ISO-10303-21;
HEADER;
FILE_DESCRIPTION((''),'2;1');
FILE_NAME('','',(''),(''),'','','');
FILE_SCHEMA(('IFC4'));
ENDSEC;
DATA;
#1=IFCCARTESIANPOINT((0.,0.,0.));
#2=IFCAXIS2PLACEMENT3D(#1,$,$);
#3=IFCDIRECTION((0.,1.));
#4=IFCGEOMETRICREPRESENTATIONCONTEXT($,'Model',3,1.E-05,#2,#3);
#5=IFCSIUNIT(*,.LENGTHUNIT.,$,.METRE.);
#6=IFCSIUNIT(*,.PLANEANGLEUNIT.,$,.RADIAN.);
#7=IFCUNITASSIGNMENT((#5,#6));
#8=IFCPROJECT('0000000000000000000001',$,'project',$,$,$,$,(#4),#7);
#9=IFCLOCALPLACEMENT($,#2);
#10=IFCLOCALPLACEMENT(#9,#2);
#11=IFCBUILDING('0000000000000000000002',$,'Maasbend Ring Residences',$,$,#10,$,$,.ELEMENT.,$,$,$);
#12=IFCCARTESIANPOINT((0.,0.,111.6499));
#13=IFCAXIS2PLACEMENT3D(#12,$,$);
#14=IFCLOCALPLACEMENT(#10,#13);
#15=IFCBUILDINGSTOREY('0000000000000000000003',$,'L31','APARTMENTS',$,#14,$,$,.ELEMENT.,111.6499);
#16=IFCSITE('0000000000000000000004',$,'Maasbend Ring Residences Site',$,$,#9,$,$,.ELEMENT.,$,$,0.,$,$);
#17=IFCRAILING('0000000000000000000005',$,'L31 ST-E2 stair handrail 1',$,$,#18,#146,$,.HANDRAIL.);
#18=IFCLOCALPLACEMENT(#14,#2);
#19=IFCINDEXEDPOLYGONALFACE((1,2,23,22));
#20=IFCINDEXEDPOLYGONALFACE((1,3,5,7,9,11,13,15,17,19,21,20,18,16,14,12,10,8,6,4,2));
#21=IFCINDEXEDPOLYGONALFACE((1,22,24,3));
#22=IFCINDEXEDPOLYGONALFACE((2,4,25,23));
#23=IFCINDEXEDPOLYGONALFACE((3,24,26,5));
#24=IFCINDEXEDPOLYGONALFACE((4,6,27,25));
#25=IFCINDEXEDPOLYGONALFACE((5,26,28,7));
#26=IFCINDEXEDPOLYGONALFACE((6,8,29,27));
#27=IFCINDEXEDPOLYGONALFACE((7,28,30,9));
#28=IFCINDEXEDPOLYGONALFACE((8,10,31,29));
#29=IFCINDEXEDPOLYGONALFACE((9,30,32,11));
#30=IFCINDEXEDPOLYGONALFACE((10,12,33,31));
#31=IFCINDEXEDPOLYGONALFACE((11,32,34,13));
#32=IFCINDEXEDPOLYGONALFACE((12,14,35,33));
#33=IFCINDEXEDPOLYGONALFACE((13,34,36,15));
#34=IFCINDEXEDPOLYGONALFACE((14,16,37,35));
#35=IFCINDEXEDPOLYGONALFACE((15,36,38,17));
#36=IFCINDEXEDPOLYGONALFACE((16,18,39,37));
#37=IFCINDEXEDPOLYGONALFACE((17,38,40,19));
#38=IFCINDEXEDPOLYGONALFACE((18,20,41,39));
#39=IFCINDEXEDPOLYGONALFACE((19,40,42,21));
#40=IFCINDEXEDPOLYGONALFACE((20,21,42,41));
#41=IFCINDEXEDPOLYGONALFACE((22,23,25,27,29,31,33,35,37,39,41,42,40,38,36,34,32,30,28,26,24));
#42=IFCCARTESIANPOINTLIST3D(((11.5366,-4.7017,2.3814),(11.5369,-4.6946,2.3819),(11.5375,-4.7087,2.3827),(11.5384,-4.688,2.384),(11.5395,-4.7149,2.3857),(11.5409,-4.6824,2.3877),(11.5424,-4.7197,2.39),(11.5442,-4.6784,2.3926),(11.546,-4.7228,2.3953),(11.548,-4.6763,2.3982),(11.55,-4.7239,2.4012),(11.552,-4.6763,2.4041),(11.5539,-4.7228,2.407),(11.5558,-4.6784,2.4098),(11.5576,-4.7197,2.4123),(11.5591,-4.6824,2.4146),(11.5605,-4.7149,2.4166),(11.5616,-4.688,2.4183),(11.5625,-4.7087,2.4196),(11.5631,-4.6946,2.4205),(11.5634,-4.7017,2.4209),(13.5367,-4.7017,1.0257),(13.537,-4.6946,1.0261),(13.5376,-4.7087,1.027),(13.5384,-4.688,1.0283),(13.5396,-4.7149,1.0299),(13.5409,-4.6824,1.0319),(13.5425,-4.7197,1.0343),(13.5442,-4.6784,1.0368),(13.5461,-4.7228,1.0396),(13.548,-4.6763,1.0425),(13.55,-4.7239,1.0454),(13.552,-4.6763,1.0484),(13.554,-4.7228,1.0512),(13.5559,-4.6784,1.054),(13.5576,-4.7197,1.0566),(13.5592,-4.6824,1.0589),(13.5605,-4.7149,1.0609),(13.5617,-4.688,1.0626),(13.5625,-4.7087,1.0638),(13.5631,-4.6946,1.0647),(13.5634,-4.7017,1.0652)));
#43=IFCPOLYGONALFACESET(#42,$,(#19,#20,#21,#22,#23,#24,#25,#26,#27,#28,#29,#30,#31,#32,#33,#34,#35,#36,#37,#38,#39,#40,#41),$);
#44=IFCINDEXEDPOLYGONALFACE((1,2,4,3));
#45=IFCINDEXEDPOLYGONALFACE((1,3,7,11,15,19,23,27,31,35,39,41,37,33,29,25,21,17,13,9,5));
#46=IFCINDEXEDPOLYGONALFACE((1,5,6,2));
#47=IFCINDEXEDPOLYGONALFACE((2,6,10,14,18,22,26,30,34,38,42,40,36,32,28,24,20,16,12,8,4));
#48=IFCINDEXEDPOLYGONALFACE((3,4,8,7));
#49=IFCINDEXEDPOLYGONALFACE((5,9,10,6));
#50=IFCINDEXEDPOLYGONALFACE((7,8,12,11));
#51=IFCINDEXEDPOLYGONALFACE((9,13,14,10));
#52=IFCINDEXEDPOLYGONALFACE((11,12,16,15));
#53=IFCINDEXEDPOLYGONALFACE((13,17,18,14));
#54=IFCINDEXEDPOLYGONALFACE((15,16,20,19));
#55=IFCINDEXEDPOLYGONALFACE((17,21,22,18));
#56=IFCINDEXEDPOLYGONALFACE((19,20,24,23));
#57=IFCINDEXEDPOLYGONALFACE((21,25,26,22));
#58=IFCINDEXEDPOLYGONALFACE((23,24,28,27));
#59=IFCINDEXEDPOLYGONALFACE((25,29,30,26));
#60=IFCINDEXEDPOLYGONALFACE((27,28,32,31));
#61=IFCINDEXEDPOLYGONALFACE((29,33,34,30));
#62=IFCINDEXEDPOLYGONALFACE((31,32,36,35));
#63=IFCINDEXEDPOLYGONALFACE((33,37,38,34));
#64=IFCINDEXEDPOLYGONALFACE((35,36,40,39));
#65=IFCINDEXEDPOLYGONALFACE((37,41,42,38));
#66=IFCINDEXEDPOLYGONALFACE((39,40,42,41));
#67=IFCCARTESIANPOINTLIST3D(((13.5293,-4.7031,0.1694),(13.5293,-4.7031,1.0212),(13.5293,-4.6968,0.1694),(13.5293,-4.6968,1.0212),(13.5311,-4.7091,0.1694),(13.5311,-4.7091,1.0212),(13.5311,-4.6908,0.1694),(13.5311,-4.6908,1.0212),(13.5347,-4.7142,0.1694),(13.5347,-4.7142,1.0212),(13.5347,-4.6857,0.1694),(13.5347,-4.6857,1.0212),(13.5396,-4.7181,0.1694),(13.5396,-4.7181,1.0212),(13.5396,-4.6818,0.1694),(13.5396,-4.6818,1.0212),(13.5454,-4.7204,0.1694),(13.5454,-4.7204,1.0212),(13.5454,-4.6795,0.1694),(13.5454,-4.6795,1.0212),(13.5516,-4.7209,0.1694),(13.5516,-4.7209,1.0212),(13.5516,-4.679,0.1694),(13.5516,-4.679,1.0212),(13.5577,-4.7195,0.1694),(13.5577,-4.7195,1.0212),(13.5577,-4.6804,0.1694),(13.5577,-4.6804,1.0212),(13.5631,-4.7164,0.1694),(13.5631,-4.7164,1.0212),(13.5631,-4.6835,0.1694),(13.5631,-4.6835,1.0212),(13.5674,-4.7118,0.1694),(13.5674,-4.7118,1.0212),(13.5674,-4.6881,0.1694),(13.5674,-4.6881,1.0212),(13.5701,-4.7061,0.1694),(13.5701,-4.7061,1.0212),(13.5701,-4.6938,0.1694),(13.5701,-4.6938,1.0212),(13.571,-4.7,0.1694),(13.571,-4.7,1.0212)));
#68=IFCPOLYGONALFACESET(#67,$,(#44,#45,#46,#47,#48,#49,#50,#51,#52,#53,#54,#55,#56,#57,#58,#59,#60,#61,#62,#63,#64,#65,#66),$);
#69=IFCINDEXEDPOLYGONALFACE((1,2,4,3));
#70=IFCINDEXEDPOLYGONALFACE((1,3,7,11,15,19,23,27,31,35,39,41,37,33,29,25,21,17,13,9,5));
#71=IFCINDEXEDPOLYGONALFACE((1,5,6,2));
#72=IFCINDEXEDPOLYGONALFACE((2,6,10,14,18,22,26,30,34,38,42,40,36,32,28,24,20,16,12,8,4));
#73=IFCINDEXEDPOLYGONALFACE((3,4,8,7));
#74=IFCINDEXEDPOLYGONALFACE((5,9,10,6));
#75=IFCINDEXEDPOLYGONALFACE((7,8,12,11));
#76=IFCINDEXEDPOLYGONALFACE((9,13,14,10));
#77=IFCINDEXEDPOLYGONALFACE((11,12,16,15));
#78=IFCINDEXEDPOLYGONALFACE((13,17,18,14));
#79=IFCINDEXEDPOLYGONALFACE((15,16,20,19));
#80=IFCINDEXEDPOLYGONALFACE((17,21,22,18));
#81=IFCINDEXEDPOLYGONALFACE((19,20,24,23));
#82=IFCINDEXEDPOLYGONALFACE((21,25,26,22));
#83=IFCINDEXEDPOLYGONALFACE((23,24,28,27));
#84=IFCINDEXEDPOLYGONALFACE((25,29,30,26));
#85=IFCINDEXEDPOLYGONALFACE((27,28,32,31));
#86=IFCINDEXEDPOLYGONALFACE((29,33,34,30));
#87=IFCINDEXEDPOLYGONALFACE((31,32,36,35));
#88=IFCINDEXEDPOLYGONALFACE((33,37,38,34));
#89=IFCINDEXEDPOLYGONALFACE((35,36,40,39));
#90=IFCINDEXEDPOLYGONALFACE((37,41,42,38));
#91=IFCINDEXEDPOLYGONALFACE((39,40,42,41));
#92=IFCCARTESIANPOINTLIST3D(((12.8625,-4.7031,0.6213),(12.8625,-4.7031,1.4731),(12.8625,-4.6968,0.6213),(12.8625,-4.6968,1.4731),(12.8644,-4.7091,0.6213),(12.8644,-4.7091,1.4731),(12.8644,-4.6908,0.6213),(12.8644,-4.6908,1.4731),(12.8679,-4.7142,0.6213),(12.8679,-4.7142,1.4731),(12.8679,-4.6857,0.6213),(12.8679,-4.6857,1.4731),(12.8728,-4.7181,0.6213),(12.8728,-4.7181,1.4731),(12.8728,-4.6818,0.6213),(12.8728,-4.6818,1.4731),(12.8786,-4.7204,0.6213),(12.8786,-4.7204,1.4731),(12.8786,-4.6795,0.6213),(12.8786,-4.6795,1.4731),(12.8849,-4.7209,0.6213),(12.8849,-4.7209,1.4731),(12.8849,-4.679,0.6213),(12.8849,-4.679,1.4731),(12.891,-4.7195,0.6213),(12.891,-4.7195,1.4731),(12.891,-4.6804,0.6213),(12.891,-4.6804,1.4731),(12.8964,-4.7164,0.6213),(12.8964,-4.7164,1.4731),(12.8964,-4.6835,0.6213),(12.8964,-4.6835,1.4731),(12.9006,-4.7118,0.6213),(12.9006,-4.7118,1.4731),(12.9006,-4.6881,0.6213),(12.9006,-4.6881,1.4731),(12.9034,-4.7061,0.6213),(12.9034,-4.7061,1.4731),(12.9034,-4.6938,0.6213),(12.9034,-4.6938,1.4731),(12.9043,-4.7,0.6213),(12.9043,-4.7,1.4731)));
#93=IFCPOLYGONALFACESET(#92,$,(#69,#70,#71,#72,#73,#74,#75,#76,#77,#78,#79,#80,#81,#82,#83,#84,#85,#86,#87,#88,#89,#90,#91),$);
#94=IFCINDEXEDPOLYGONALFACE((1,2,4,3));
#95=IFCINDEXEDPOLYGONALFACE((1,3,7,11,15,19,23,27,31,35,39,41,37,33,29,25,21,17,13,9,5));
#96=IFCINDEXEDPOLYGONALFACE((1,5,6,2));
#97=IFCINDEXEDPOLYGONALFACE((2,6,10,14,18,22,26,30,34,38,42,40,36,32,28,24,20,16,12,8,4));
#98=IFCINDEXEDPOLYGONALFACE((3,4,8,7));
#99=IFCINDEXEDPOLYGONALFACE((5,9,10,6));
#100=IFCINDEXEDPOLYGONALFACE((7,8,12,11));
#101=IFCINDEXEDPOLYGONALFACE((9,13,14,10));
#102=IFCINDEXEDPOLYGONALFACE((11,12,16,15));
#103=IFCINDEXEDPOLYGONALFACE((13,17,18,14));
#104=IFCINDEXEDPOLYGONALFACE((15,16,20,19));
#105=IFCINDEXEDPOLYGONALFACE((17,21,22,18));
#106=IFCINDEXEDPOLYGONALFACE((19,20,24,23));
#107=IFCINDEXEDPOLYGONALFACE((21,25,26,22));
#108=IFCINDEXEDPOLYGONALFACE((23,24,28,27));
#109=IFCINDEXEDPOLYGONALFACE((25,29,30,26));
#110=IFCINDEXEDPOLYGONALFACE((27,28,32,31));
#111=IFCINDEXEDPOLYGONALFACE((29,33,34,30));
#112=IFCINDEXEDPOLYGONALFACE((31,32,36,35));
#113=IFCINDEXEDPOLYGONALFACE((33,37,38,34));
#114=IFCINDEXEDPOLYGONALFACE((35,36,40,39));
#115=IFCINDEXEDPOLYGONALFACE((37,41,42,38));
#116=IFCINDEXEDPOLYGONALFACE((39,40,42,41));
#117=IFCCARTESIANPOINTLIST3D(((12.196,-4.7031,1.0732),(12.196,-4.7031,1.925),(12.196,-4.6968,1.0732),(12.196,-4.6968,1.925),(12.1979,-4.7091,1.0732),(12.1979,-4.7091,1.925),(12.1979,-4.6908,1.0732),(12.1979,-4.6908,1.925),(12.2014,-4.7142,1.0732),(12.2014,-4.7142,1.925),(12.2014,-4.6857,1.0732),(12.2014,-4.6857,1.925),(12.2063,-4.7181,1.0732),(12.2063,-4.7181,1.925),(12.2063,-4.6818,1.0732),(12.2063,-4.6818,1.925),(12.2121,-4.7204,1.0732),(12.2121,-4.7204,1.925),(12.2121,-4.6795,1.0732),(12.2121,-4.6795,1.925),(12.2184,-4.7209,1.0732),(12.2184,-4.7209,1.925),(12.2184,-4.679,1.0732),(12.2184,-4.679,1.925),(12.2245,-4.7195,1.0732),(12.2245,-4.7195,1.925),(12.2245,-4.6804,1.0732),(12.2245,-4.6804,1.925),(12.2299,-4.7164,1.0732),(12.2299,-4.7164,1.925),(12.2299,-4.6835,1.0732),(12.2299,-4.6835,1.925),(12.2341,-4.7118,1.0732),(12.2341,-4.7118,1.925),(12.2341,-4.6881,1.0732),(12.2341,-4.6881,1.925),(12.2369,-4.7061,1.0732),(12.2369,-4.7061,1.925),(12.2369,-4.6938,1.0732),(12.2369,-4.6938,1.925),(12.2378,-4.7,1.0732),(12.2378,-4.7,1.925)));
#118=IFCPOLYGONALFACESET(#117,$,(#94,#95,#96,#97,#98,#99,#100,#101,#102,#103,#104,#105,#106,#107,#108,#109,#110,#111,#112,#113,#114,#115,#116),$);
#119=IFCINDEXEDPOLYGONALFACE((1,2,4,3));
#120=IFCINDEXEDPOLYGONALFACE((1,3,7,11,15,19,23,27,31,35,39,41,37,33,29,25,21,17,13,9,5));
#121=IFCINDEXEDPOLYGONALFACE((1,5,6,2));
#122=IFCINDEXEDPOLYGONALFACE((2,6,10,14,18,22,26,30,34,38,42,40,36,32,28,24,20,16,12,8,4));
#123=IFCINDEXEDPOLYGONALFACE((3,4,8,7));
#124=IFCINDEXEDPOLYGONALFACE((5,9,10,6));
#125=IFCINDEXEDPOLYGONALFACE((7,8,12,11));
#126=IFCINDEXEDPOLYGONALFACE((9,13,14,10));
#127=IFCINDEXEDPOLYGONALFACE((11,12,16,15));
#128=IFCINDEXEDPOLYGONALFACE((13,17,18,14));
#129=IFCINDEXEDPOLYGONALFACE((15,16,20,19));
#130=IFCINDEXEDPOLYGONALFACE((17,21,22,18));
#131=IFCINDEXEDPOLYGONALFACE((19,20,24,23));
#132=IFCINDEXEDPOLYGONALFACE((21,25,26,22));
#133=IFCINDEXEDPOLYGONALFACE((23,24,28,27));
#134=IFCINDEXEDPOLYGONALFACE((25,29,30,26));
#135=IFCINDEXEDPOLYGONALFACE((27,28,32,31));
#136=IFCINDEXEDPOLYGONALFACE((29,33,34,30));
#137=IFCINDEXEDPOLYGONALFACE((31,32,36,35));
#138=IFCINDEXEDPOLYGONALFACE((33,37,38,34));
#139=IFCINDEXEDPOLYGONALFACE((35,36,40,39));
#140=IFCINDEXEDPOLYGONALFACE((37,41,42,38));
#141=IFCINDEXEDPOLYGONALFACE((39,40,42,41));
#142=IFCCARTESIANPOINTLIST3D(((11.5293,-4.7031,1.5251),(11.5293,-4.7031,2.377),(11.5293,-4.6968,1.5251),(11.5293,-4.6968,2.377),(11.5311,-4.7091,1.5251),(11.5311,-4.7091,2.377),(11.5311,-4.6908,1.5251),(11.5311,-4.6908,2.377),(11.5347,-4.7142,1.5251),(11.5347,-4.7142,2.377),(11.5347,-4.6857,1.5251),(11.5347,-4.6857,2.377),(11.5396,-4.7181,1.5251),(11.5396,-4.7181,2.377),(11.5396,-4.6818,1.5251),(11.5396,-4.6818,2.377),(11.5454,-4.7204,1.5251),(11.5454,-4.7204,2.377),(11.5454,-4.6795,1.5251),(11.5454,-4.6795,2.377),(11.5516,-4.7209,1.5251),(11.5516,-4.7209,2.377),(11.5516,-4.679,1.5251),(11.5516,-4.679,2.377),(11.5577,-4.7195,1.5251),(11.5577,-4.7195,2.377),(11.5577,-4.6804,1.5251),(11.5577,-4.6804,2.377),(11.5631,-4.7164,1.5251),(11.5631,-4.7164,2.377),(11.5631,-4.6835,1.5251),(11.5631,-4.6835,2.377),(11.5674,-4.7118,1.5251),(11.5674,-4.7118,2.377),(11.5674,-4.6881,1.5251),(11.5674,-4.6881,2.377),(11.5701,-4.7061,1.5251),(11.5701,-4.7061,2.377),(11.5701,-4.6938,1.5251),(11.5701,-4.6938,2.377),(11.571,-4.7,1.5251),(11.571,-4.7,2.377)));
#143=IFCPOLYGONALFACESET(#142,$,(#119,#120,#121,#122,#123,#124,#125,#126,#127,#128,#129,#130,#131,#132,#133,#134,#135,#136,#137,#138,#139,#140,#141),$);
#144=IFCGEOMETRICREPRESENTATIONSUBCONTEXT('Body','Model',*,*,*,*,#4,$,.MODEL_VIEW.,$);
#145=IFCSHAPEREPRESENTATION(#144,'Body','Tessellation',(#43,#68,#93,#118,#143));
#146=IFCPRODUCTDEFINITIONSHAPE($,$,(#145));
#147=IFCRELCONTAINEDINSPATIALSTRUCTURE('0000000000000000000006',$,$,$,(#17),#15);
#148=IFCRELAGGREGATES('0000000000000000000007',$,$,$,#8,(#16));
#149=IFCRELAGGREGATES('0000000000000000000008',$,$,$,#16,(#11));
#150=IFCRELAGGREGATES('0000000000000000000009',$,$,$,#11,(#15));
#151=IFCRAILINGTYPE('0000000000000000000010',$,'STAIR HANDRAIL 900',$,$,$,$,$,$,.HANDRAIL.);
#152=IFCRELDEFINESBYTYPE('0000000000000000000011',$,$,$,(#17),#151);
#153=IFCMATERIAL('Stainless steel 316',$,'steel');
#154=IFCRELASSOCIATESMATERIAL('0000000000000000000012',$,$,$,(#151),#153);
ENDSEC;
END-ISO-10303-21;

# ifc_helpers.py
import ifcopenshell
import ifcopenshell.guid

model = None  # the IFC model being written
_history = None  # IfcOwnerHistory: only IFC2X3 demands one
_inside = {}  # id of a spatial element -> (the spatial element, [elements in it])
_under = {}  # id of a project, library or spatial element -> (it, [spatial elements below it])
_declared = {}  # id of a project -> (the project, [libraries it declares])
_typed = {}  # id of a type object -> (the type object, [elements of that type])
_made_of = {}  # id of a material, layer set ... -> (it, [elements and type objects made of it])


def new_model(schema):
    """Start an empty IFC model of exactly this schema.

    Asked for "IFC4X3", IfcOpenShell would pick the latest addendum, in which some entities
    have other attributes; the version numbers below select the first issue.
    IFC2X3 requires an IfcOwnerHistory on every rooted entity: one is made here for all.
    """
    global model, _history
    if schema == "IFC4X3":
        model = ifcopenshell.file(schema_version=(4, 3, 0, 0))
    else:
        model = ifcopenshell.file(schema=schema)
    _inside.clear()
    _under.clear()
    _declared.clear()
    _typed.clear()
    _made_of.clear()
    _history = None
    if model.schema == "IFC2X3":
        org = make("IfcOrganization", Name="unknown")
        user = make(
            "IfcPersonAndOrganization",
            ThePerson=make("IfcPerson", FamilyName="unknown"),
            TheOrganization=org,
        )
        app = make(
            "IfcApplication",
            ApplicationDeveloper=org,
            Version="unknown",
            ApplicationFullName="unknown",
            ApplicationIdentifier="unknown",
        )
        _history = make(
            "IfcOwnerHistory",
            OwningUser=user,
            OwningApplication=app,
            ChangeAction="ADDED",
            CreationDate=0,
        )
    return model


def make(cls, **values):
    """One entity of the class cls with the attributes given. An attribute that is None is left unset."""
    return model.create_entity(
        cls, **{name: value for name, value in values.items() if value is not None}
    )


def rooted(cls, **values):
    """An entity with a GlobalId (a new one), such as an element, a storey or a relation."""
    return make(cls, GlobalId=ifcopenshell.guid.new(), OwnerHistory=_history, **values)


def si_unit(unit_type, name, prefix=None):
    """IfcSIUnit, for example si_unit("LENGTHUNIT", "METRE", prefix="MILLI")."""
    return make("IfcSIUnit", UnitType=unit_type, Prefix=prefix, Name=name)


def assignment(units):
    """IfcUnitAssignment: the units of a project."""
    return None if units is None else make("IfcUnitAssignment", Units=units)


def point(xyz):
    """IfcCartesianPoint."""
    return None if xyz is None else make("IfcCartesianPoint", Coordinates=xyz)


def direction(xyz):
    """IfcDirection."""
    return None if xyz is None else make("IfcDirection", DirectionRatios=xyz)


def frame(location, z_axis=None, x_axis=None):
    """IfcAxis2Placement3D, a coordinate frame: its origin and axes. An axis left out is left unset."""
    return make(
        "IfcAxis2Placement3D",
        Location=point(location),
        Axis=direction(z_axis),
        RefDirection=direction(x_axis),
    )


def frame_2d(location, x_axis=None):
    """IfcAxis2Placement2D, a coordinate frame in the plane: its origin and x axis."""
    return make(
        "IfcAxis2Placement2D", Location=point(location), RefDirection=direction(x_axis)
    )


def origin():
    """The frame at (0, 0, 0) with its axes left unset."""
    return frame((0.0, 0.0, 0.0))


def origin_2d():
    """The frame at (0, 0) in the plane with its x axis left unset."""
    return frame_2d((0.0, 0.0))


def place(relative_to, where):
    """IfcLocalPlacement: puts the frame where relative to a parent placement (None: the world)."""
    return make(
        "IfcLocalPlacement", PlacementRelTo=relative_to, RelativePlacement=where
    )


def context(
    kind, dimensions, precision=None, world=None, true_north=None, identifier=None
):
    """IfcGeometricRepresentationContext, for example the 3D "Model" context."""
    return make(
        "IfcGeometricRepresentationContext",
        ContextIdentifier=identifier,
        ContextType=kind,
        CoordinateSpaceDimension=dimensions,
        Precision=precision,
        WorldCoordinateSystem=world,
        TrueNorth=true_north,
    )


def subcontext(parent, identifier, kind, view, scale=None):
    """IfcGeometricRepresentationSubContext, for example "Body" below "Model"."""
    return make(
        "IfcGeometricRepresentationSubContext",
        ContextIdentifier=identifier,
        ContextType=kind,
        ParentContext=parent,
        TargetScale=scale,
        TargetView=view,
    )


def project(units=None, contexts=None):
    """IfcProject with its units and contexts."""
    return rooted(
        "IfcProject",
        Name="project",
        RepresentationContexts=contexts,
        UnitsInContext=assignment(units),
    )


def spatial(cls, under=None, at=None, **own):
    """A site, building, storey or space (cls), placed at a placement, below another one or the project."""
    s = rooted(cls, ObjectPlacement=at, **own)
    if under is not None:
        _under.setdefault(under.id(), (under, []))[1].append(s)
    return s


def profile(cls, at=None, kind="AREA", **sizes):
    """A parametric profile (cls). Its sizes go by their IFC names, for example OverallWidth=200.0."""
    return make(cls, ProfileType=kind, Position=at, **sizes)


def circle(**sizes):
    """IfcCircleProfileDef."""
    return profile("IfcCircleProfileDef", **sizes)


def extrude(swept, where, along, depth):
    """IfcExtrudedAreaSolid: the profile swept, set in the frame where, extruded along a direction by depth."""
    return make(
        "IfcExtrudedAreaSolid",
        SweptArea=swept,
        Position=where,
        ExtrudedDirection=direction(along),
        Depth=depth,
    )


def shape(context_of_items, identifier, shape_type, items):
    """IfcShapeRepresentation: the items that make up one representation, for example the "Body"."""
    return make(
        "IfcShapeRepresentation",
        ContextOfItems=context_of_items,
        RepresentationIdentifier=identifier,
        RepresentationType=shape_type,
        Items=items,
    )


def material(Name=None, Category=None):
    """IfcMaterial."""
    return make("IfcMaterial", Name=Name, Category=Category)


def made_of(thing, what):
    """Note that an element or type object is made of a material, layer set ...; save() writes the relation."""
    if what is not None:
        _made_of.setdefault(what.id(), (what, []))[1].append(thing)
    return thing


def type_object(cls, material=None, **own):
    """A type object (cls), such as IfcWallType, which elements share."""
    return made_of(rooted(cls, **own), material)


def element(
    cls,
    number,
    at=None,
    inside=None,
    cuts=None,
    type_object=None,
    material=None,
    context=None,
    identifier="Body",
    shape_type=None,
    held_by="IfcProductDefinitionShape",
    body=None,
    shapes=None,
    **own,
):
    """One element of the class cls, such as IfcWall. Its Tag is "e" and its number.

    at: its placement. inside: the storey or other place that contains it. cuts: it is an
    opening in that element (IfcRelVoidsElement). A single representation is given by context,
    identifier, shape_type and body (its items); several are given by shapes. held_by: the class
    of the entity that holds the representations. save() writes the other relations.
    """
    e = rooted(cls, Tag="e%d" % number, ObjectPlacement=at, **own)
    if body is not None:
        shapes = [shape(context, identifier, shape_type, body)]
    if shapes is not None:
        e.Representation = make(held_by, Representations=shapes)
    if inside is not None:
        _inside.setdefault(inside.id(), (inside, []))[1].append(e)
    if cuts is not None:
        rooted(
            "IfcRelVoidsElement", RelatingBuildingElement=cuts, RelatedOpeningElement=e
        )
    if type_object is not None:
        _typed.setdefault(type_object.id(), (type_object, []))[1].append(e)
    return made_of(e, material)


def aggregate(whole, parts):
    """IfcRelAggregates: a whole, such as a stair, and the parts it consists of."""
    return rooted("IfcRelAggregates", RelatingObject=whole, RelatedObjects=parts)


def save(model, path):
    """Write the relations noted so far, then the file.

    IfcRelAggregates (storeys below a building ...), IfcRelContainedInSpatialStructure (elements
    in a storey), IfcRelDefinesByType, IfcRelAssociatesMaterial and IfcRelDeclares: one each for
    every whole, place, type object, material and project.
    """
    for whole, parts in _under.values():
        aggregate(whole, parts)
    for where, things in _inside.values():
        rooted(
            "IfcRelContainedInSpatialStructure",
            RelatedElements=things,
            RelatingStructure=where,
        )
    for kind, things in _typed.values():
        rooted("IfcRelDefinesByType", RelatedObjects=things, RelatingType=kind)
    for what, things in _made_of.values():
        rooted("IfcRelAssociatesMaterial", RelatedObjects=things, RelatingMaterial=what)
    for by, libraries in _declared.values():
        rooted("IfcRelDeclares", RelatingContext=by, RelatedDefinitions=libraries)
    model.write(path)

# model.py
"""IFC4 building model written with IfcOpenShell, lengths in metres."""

from ifc_helpers import new_model, si_unit, direction, frame, origin, origin_2d, place, context, subcontext, project, spatial, circle, extrude, material, type_object, element, save


model = new_model("IFC4")

# Units and contexts
model_context = context("Model", 3, precision=1e-05, world=origin(), true_north=direction((0.0, 1.0)))
body_context = subcontext(model_context, "Body", "Model", "MODEL_VIEW")
ifc_project = project(units=[si_unit("LENGTHUNIT", "METRE"), si_unit("PLANEANGLEUNIT", "RADIAN")], contexts=[model_context])

# Site, building, storey
site_placement = place(None, origin())
site = spatial("IfcSite", under=ifc_project, at=site_placement, Name="Maasbend Ring Residences Site", CompositionType="ELEMENT", RefElevation=0.0)
building_placement = place(site_placement, origin())
building = spatial("IfcBuilding", under=site, at=building_placement, Name="Maasbend Ring Residences", CompositionType="ELEMENT")
storey_placement = place(building_placement, frame((0.0, 0.0, 111.6499)))
storey = spatial("IfcBuildingStorey", under=building, at=storey_placement, Name="L31", Description="APARTMENTS", CompositionType="ELEMENT", Elevation=111.6499)

# Railing
ifc_material_1 = material(Name="Stainless steel 316", Category="steel")
railing_type = type_object("IfcRailingType", Name="STAIR HANDRAIL 900", PredefinedType="HANDRAIL", material=ifc_material_1)
railing_1_placement = place(storey_placement, frame((13.55, -4.7, 0.1694)))
element("IfcRailing", 1, at=railing_1_placement, inside=storey, type_object=railing_type, Name="L31 ST-E2 stair handrail 1", PredefinedType="HANDRAIL", context=body_context, shape_type="SweptSolid", body=[
    extrude(circle(Radius=0.0239, at=origin_2d()), frame((0.0, 0.0, 0.876), z_axis=(-0.827751, 0.0, 0.561096), x_axis=(0.0, -1.0, 0.0)), (0.0, 0.0, 1.0), 2.4163),
    extrude(circle(Radius=0.021, at=origin_2d()), origin(), (0.0, 0.0, 1.0), 0.8518),
    extrude(circle(Radius=0.021, at=origin_2d()), frame((-0.6667, 0.0, 0.4519)), (0.0, 0.0, 1.0), 0.8518),
    extrude(circle(Radius=0.021, at=origin_2d()), frame((-1.3333, 0.0, 0.9038)), (0.0, 0.0, 1.0), 0.8518),
    extrude(circle(Radius=0.021, at=origin_2d()), frame((-2.0, 0.0, 1.3557)), (0.0, 0.0, 1.0), 0.8518),
])

save(model, "model.ifc")
